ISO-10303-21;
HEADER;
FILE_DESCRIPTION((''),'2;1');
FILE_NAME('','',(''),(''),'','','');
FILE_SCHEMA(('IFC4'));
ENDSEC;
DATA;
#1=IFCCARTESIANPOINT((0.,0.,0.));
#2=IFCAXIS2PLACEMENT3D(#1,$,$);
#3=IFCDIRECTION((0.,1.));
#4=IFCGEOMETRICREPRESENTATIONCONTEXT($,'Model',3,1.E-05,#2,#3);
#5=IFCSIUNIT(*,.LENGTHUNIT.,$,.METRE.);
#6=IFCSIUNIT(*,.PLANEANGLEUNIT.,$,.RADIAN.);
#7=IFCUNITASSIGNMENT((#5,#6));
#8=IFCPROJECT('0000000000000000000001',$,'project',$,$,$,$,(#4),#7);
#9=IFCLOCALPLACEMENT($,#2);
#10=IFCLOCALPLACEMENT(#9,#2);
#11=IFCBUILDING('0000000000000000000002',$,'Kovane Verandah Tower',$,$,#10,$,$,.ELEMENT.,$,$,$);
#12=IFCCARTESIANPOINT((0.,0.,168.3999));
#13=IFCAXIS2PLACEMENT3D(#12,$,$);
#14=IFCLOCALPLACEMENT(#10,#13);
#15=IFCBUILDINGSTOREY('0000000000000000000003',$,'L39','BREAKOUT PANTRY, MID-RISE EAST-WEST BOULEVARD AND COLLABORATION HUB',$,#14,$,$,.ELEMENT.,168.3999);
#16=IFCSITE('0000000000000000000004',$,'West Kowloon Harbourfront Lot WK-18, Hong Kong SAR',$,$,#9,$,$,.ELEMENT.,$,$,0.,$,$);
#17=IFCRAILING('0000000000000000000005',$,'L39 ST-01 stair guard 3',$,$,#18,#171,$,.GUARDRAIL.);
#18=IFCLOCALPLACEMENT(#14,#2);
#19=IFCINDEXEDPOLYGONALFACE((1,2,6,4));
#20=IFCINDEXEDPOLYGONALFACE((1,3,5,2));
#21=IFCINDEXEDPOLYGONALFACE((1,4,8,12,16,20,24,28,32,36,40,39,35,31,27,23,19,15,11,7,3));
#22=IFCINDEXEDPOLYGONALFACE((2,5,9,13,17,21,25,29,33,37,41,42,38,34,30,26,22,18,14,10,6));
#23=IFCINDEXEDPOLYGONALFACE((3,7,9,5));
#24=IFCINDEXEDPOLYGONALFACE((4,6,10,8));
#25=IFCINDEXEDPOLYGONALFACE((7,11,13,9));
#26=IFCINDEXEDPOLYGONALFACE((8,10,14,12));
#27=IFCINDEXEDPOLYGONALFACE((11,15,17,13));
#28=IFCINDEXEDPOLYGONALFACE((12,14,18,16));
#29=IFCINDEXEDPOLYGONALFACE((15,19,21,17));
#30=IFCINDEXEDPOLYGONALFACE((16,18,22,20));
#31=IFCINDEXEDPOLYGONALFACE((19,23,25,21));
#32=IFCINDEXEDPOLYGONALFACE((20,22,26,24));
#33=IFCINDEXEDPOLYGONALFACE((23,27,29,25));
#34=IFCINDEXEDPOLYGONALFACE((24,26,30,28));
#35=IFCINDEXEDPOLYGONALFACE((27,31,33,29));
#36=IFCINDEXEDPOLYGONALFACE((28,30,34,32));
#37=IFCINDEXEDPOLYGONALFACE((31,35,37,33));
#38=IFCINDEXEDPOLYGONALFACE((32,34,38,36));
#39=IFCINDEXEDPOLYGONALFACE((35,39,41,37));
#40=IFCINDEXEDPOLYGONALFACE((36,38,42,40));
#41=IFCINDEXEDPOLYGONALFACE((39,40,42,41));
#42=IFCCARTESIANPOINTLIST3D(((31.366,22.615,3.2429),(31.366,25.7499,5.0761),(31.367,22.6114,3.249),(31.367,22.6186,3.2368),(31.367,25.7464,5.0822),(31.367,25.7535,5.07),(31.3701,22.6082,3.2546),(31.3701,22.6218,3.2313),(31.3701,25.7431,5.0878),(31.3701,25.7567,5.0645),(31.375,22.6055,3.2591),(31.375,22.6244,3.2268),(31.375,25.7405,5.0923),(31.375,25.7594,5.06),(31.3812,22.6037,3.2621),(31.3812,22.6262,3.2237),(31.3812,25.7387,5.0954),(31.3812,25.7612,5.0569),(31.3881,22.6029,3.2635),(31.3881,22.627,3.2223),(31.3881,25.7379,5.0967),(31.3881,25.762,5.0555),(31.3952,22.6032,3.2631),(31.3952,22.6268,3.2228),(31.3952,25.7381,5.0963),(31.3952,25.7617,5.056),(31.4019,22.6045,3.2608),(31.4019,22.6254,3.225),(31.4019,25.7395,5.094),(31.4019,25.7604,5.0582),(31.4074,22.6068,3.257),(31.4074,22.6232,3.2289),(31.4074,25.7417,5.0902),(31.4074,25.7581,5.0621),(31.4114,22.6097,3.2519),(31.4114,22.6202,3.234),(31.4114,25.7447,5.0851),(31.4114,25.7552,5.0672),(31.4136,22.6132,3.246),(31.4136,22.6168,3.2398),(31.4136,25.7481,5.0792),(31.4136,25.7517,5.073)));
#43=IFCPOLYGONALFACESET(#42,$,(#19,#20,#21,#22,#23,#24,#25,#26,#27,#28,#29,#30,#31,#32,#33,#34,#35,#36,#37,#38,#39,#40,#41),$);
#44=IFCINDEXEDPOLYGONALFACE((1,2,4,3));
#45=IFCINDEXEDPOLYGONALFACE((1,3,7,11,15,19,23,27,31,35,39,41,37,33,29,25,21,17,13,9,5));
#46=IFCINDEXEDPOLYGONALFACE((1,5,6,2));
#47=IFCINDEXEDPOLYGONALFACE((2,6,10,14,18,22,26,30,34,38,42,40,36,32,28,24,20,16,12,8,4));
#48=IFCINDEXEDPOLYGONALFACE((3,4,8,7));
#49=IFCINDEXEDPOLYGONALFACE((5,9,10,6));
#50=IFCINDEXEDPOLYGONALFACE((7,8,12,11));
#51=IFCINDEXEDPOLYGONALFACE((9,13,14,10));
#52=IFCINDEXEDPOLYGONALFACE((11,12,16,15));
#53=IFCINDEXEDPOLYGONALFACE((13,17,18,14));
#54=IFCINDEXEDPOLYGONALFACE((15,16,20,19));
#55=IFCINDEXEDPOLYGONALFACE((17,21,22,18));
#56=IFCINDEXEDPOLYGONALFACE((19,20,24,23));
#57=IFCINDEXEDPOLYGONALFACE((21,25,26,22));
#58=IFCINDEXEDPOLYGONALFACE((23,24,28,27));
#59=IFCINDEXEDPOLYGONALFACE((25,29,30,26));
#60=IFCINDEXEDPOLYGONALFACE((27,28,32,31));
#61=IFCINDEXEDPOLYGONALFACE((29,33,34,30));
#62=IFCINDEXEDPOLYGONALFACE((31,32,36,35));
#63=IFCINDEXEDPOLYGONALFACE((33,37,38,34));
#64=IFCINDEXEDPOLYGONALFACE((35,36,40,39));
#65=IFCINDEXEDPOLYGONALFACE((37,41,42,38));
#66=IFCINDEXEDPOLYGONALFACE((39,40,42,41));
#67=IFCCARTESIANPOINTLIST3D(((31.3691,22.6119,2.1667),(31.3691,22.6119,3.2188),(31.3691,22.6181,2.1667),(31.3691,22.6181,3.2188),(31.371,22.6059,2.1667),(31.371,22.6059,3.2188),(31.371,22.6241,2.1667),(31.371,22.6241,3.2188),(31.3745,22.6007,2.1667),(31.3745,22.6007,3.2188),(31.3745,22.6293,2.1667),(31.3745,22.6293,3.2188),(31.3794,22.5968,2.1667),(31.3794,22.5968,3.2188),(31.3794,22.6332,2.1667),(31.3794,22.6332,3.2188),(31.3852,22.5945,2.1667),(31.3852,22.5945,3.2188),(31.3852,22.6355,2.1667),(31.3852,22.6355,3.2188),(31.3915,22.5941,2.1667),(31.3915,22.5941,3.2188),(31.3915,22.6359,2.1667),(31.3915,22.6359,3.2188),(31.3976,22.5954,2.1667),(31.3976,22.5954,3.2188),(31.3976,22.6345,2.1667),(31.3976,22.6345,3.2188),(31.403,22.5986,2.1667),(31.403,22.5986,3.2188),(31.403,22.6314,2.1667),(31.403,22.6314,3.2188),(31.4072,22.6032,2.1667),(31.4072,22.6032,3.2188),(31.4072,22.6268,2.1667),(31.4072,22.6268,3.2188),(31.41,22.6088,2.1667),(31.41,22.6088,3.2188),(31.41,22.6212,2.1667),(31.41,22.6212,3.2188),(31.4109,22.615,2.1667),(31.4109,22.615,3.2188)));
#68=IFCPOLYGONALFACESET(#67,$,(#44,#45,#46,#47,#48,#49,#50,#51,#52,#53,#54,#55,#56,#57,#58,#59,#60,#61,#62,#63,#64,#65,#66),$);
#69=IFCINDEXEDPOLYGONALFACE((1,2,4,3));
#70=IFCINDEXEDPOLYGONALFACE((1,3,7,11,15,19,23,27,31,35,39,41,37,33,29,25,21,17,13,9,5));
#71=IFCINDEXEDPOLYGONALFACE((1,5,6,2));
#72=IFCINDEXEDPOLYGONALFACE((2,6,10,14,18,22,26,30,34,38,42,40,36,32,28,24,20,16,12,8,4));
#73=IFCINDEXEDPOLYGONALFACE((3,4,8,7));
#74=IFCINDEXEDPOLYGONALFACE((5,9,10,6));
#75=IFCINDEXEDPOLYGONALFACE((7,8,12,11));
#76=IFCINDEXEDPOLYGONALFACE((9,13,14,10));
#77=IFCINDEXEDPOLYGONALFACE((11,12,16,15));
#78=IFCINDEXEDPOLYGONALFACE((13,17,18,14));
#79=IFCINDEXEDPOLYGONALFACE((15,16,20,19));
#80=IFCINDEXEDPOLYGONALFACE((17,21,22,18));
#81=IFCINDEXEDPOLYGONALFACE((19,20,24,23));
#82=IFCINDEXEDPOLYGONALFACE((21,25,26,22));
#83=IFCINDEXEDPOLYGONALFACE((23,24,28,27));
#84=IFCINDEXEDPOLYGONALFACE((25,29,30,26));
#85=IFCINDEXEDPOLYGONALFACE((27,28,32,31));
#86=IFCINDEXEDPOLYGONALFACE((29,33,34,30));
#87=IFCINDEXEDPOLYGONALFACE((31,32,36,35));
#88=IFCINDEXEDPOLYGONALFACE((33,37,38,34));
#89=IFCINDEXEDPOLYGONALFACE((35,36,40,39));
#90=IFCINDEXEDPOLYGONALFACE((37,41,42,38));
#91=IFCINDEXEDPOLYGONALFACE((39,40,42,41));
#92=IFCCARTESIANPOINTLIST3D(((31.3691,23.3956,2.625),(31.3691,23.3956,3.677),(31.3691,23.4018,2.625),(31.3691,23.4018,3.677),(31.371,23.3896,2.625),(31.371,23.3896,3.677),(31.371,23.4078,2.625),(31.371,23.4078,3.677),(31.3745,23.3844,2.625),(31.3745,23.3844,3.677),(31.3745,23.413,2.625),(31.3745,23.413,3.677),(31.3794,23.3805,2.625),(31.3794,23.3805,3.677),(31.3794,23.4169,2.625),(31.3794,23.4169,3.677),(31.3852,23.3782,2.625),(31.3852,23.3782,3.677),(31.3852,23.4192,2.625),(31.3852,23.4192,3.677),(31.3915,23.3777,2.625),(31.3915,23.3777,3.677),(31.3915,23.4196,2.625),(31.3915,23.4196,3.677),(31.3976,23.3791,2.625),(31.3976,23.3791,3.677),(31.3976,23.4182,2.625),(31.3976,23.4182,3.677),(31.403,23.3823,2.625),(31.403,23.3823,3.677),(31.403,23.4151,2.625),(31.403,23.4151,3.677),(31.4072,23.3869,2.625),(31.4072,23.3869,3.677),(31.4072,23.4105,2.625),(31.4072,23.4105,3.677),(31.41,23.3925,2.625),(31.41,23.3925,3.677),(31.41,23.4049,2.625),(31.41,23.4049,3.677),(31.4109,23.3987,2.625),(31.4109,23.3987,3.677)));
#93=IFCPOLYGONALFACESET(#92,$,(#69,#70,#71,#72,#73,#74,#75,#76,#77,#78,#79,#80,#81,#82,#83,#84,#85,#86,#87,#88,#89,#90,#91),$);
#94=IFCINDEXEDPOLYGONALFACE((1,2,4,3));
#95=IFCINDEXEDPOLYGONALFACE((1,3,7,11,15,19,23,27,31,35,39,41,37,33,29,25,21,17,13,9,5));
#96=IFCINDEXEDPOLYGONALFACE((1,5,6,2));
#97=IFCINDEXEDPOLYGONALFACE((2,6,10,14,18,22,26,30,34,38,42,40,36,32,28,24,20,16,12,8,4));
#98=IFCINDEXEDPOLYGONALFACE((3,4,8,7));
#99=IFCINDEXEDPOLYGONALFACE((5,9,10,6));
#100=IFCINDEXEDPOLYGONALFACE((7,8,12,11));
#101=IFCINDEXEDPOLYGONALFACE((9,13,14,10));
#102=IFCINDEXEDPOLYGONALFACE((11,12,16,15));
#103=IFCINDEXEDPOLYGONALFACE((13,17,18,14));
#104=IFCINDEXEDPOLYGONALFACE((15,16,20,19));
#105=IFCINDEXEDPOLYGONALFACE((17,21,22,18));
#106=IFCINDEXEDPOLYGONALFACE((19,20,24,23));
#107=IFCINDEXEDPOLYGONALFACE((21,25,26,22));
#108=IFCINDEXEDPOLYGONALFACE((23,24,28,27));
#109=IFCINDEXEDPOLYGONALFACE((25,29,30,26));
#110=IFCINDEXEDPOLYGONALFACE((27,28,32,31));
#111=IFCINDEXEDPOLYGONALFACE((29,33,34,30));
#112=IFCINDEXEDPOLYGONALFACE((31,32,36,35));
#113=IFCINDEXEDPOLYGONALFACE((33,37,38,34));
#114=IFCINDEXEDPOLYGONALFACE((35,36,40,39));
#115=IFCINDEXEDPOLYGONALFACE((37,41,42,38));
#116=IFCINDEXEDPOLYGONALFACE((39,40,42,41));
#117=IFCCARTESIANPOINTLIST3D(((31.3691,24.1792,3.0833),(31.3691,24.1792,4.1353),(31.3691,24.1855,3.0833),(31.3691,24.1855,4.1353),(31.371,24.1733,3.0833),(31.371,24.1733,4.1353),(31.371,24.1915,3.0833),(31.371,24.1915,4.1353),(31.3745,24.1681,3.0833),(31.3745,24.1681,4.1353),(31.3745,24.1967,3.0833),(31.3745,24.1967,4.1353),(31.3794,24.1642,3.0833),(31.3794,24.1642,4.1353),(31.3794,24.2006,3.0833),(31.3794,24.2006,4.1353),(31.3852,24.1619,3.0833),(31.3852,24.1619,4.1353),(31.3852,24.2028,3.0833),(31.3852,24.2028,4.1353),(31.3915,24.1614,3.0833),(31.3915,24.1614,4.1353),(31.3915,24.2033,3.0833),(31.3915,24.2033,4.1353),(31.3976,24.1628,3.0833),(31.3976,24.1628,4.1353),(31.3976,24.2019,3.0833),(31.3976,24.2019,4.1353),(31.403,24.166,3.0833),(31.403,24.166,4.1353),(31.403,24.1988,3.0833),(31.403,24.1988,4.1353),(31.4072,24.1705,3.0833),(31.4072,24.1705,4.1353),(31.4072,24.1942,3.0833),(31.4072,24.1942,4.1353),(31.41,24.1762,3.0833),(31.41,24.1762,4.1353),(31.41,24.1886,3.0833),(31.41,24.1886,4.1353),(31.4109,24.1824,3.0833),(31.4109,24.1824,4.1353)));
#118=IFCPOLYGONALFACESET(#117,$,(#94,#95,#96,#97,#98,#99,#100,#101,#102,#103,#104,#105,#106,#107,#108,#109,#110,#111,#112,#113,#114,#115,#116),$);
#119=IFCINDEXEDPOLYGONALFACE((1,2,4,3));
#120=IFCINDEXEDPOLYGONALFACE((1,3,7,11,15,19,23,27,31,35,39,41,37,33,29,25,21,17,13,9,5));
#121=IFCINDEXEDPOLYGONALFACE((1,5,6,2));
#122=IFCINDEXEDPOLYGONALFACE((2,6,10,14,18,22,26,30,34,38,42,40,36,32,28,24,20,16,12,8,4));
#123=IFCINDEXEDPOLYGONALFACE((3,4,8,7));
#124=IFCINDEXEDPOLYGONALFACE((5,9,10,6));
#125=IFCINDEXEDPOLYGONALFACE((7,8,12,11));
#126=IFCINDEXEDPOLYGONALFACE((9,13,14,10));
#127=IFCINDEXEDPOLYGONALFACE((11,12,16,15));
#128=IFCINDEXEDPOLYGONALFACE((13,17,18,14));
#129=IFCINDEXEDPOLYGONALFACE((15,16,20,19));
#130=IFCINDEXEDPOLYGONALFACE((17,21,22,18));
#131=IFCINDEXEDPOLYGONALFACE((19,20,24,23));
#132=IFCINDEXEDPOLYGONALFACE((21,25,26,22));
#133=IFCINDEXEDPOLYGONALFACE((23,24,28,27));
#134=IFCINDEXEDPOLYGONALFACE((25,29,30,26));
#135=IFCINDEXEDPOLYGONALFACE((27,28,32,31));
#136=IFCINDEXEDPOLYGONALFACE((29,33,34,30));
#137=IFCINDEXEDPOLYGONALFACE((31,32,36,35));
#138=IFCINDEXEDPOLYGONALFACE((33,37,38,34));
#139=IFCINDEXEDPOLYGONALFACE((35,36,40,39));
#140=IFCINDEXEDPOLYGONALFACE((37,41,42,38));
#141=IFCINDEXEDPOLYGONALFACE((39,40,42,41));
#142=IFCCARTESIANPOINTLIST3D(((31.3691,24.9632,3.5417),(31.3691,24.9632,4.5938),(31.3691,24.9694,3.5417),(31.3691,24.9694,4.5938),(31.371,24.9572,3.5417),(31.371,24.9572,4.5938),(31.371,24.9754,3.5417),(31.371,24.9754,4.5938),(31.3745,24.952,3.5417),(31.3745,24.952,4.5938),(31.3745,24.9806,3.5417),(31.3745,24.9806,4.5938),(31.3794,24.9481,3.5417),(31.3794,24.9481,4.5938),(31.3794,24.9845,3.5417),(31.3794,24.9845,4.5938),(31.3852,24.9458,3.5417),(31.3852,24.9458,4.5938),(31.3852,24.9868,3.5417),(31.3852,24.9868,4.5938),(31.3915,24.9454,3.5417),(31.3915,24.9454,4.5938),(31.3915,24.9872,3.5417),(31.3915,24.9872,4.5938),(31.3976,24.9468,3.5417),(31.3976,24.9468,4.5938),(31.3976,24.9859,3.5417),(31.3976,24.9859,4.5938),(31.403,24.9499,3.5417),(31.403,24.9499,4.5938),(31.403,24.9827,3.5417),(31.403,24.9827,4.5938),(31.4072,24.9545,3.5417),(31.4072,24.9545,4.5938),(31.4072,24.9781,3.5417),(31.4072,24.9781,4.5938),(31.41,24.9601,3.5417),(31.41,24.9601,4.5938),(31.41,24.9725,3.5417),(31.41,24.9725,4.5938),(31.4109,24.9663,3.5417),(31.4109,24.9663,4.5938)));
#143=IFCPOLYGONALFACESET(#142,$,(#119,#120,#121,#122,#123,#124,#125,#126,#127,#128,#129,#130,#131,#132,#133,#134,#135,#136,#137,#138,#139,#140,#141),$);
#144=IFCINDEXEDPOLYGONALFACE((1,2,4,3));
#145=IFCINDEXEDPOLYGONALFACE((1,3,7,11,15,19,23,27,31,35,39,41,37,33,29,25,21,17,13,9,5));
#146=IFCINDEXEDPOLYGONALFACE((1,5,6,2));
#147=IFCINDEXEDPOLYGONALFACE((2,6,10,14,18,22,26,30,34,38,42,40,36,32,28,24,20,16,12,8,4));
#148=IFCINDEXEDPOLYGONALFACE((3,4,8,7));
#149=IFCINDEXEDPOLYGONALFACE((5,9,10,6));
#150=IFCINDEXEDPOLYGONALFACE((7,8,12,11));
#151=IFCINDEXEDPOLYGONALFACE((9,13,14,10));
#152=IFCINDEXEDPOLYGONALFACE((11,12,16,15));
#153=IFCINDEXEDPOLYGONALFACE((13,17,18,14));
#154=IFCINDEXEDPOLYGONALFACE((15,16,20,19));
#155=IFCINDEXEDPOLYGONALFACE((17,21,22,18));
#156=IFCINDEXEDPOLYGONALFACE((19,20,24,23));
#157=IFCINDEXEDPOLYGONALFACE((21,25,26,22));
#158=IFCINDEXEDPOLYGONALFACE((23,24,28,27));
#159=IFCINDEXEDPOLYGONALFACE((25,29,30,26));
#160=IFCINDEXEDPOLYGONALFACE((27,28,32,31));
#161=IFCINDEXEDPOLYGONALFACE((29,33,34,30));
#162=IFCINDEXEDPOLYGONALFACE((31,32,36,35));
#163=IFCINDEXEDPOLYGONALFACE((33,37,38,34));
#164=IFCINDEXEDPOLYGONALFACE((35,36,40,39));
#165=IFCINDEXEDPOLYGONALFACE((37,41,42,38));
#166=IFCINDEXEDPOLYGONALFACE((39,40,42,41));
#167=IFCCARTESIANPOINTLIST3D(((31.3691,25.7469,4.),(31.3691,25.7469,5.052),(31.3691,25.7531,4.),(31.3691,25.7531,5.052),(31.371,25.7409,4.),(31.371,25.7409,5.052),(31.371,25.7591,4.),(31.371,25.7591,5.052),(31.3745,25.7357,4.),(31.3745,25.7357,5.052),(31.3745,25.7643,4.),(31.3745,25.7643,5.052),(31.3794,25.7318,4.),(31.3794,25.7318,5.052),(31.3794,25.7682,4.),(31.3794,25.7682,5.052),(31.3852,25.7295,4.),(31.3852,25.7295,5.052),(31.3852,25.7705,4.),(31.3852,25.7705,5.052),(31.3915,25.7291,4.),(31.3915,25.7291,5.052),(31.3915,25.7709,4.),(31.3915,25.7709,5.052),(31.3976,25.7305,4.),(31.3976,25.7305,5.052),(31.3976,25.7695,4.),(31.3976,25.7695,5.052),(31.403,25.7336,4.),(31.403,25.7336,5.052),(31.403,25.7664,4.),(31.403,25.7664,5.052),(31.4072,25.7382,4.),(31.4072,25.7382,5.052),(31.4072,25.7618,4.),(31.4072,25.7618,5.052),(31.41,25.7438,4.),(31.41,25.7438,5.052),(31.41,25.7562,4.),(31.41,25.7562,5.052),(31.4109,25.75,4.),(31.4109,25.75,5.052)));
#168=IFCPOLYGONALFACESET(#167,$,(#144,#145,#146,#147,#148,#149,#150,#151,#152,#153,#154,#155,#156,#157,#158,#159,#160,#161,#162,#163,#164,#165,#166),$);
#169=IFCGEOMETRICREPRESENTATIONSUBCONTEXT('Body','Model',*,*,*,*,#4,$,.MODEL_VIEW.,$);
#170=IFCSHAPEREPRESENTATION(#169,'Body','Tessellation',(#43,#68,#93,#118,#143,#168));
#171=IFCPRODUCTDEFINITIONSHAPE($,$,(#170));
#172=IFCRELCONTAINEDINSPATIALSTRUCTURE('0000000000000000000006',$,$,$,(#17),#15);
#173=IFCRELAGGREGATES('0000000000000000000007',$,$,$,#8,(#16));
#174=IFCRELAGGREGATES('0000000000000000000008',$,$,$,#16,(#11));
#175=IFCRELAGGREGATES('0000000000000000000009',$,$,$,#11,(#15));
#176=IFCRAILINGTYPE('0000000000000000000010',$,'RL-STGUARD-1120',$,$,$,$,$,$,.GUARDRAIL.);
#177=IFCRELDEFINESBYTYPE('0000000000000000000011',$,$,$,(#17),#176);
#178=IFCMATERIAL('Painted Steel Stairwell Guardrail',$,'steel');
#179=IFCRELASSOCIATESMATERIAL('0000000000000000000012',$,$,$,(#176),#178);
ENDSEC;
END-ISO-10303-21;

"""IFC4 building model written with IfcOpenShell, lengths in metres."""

from ifc_helpers import new_model, si_unit, direction, frame, origin, origin_2d, place, context, subcontext, project, spatial, circle, extrude, material, type_object, element, save


model = new_model("IFC4")

# Units and contexts
model_context = context("Model", 3, precision=1e-05, world=origin(), true_north=direction((0.0, 1.0)))
body_context = subcontext(model_context, "Body", "Model", "MODEL_VIEW")
ifc_project = project(units=[si_unit("LENGTHUNIT", "METRE"), si_unit("PLANEANGLEUNIT", "RADIAN")], contexts=[model_context])

# Site, building, storey
site_placement = place(None, origin())
site = spatial("IfcSite", under=ifc_project, at=site_placement, Name="West Kowloon Harbourfront Lot WK-18, Hong Kong SAR", CompositionType="ELEMENT", RefElevation=0.0)
building_placement = place(site_placement, origin())
building = spatial("IfcBuilding", under=site, at=building_placement, Name="Kovane Verandah Tower", CompositionType="ELEMENT")
storey_placement = place(building_placement, frame((0.0, 0.0, 168.3999)))
storey = spatial("IfcBuildingStorey", under=building, at=storey_placement, Name="L39", Description="BREAKOUT PANTRY, MID-RISE EAST-WEST BOULEVARD AND COLLABORATION HUB", CompositionType="ELEMENT", Elevation=168.3999)

# Railing
ifc_material_1 = material(Name="Painted Steel Stairwell Guardrail", Category="steel")
railing_type_1 = type_object("IfcRailingType", Name="RL-STGUARD-1120", PredefinedType="GUARDRAIL", material=ifc_material_1)
railing_1_placement = place(storey_placement, frame((31.3899, 22.615, 2.1667)))
element("IfcRailing", 1, at=railing_1_placement, inside=storey, type_object=railing_type_1, Name="L39 ST-01 stair guard 3", PredefinedType="GUARDRAIL", context=body_context, shape_type="SweptSolid", body=[
    extrude(circle(Radius=0.0239, at=origin_2d()), frame((0.0, 0.0, 1.0762), z_axis=(0.0, 0.86324, 0.504794), x_axis=(-1.0, 0.0, 0.0)), (0.0, 0.0, 1.0), 3.6316),
    extrude(circle(Radius=0.021, at=origin_2d()), origin(), (0.0, 0.0, 1.0), 1.052),
    extrude(circle(Radius=0.021, at=origin_2d()), frame((0.0, 0.7837, 0.4583)), (0.0, 0.0, 1.0), 1.052),
    extrude(circle(Radius=0.021, at=origin_2d()), frame((0.0, 1.5674, 0.9165)), (0.0, 0.0, 1.0), 1.052),
    extrude(circle(Radius=0.021, at=origin_2d()), frame((0.0, 2.3513, 1.375)), (0.0, 0.0, 1.0), 1.052),
    extrude(circle(Radius=0.021, at=origin_2d()), frame((0.0, 3.135, 1.8333)), (0.0, 0.0, 1.0), 1.052),
])

save(model, "model.ifc")
